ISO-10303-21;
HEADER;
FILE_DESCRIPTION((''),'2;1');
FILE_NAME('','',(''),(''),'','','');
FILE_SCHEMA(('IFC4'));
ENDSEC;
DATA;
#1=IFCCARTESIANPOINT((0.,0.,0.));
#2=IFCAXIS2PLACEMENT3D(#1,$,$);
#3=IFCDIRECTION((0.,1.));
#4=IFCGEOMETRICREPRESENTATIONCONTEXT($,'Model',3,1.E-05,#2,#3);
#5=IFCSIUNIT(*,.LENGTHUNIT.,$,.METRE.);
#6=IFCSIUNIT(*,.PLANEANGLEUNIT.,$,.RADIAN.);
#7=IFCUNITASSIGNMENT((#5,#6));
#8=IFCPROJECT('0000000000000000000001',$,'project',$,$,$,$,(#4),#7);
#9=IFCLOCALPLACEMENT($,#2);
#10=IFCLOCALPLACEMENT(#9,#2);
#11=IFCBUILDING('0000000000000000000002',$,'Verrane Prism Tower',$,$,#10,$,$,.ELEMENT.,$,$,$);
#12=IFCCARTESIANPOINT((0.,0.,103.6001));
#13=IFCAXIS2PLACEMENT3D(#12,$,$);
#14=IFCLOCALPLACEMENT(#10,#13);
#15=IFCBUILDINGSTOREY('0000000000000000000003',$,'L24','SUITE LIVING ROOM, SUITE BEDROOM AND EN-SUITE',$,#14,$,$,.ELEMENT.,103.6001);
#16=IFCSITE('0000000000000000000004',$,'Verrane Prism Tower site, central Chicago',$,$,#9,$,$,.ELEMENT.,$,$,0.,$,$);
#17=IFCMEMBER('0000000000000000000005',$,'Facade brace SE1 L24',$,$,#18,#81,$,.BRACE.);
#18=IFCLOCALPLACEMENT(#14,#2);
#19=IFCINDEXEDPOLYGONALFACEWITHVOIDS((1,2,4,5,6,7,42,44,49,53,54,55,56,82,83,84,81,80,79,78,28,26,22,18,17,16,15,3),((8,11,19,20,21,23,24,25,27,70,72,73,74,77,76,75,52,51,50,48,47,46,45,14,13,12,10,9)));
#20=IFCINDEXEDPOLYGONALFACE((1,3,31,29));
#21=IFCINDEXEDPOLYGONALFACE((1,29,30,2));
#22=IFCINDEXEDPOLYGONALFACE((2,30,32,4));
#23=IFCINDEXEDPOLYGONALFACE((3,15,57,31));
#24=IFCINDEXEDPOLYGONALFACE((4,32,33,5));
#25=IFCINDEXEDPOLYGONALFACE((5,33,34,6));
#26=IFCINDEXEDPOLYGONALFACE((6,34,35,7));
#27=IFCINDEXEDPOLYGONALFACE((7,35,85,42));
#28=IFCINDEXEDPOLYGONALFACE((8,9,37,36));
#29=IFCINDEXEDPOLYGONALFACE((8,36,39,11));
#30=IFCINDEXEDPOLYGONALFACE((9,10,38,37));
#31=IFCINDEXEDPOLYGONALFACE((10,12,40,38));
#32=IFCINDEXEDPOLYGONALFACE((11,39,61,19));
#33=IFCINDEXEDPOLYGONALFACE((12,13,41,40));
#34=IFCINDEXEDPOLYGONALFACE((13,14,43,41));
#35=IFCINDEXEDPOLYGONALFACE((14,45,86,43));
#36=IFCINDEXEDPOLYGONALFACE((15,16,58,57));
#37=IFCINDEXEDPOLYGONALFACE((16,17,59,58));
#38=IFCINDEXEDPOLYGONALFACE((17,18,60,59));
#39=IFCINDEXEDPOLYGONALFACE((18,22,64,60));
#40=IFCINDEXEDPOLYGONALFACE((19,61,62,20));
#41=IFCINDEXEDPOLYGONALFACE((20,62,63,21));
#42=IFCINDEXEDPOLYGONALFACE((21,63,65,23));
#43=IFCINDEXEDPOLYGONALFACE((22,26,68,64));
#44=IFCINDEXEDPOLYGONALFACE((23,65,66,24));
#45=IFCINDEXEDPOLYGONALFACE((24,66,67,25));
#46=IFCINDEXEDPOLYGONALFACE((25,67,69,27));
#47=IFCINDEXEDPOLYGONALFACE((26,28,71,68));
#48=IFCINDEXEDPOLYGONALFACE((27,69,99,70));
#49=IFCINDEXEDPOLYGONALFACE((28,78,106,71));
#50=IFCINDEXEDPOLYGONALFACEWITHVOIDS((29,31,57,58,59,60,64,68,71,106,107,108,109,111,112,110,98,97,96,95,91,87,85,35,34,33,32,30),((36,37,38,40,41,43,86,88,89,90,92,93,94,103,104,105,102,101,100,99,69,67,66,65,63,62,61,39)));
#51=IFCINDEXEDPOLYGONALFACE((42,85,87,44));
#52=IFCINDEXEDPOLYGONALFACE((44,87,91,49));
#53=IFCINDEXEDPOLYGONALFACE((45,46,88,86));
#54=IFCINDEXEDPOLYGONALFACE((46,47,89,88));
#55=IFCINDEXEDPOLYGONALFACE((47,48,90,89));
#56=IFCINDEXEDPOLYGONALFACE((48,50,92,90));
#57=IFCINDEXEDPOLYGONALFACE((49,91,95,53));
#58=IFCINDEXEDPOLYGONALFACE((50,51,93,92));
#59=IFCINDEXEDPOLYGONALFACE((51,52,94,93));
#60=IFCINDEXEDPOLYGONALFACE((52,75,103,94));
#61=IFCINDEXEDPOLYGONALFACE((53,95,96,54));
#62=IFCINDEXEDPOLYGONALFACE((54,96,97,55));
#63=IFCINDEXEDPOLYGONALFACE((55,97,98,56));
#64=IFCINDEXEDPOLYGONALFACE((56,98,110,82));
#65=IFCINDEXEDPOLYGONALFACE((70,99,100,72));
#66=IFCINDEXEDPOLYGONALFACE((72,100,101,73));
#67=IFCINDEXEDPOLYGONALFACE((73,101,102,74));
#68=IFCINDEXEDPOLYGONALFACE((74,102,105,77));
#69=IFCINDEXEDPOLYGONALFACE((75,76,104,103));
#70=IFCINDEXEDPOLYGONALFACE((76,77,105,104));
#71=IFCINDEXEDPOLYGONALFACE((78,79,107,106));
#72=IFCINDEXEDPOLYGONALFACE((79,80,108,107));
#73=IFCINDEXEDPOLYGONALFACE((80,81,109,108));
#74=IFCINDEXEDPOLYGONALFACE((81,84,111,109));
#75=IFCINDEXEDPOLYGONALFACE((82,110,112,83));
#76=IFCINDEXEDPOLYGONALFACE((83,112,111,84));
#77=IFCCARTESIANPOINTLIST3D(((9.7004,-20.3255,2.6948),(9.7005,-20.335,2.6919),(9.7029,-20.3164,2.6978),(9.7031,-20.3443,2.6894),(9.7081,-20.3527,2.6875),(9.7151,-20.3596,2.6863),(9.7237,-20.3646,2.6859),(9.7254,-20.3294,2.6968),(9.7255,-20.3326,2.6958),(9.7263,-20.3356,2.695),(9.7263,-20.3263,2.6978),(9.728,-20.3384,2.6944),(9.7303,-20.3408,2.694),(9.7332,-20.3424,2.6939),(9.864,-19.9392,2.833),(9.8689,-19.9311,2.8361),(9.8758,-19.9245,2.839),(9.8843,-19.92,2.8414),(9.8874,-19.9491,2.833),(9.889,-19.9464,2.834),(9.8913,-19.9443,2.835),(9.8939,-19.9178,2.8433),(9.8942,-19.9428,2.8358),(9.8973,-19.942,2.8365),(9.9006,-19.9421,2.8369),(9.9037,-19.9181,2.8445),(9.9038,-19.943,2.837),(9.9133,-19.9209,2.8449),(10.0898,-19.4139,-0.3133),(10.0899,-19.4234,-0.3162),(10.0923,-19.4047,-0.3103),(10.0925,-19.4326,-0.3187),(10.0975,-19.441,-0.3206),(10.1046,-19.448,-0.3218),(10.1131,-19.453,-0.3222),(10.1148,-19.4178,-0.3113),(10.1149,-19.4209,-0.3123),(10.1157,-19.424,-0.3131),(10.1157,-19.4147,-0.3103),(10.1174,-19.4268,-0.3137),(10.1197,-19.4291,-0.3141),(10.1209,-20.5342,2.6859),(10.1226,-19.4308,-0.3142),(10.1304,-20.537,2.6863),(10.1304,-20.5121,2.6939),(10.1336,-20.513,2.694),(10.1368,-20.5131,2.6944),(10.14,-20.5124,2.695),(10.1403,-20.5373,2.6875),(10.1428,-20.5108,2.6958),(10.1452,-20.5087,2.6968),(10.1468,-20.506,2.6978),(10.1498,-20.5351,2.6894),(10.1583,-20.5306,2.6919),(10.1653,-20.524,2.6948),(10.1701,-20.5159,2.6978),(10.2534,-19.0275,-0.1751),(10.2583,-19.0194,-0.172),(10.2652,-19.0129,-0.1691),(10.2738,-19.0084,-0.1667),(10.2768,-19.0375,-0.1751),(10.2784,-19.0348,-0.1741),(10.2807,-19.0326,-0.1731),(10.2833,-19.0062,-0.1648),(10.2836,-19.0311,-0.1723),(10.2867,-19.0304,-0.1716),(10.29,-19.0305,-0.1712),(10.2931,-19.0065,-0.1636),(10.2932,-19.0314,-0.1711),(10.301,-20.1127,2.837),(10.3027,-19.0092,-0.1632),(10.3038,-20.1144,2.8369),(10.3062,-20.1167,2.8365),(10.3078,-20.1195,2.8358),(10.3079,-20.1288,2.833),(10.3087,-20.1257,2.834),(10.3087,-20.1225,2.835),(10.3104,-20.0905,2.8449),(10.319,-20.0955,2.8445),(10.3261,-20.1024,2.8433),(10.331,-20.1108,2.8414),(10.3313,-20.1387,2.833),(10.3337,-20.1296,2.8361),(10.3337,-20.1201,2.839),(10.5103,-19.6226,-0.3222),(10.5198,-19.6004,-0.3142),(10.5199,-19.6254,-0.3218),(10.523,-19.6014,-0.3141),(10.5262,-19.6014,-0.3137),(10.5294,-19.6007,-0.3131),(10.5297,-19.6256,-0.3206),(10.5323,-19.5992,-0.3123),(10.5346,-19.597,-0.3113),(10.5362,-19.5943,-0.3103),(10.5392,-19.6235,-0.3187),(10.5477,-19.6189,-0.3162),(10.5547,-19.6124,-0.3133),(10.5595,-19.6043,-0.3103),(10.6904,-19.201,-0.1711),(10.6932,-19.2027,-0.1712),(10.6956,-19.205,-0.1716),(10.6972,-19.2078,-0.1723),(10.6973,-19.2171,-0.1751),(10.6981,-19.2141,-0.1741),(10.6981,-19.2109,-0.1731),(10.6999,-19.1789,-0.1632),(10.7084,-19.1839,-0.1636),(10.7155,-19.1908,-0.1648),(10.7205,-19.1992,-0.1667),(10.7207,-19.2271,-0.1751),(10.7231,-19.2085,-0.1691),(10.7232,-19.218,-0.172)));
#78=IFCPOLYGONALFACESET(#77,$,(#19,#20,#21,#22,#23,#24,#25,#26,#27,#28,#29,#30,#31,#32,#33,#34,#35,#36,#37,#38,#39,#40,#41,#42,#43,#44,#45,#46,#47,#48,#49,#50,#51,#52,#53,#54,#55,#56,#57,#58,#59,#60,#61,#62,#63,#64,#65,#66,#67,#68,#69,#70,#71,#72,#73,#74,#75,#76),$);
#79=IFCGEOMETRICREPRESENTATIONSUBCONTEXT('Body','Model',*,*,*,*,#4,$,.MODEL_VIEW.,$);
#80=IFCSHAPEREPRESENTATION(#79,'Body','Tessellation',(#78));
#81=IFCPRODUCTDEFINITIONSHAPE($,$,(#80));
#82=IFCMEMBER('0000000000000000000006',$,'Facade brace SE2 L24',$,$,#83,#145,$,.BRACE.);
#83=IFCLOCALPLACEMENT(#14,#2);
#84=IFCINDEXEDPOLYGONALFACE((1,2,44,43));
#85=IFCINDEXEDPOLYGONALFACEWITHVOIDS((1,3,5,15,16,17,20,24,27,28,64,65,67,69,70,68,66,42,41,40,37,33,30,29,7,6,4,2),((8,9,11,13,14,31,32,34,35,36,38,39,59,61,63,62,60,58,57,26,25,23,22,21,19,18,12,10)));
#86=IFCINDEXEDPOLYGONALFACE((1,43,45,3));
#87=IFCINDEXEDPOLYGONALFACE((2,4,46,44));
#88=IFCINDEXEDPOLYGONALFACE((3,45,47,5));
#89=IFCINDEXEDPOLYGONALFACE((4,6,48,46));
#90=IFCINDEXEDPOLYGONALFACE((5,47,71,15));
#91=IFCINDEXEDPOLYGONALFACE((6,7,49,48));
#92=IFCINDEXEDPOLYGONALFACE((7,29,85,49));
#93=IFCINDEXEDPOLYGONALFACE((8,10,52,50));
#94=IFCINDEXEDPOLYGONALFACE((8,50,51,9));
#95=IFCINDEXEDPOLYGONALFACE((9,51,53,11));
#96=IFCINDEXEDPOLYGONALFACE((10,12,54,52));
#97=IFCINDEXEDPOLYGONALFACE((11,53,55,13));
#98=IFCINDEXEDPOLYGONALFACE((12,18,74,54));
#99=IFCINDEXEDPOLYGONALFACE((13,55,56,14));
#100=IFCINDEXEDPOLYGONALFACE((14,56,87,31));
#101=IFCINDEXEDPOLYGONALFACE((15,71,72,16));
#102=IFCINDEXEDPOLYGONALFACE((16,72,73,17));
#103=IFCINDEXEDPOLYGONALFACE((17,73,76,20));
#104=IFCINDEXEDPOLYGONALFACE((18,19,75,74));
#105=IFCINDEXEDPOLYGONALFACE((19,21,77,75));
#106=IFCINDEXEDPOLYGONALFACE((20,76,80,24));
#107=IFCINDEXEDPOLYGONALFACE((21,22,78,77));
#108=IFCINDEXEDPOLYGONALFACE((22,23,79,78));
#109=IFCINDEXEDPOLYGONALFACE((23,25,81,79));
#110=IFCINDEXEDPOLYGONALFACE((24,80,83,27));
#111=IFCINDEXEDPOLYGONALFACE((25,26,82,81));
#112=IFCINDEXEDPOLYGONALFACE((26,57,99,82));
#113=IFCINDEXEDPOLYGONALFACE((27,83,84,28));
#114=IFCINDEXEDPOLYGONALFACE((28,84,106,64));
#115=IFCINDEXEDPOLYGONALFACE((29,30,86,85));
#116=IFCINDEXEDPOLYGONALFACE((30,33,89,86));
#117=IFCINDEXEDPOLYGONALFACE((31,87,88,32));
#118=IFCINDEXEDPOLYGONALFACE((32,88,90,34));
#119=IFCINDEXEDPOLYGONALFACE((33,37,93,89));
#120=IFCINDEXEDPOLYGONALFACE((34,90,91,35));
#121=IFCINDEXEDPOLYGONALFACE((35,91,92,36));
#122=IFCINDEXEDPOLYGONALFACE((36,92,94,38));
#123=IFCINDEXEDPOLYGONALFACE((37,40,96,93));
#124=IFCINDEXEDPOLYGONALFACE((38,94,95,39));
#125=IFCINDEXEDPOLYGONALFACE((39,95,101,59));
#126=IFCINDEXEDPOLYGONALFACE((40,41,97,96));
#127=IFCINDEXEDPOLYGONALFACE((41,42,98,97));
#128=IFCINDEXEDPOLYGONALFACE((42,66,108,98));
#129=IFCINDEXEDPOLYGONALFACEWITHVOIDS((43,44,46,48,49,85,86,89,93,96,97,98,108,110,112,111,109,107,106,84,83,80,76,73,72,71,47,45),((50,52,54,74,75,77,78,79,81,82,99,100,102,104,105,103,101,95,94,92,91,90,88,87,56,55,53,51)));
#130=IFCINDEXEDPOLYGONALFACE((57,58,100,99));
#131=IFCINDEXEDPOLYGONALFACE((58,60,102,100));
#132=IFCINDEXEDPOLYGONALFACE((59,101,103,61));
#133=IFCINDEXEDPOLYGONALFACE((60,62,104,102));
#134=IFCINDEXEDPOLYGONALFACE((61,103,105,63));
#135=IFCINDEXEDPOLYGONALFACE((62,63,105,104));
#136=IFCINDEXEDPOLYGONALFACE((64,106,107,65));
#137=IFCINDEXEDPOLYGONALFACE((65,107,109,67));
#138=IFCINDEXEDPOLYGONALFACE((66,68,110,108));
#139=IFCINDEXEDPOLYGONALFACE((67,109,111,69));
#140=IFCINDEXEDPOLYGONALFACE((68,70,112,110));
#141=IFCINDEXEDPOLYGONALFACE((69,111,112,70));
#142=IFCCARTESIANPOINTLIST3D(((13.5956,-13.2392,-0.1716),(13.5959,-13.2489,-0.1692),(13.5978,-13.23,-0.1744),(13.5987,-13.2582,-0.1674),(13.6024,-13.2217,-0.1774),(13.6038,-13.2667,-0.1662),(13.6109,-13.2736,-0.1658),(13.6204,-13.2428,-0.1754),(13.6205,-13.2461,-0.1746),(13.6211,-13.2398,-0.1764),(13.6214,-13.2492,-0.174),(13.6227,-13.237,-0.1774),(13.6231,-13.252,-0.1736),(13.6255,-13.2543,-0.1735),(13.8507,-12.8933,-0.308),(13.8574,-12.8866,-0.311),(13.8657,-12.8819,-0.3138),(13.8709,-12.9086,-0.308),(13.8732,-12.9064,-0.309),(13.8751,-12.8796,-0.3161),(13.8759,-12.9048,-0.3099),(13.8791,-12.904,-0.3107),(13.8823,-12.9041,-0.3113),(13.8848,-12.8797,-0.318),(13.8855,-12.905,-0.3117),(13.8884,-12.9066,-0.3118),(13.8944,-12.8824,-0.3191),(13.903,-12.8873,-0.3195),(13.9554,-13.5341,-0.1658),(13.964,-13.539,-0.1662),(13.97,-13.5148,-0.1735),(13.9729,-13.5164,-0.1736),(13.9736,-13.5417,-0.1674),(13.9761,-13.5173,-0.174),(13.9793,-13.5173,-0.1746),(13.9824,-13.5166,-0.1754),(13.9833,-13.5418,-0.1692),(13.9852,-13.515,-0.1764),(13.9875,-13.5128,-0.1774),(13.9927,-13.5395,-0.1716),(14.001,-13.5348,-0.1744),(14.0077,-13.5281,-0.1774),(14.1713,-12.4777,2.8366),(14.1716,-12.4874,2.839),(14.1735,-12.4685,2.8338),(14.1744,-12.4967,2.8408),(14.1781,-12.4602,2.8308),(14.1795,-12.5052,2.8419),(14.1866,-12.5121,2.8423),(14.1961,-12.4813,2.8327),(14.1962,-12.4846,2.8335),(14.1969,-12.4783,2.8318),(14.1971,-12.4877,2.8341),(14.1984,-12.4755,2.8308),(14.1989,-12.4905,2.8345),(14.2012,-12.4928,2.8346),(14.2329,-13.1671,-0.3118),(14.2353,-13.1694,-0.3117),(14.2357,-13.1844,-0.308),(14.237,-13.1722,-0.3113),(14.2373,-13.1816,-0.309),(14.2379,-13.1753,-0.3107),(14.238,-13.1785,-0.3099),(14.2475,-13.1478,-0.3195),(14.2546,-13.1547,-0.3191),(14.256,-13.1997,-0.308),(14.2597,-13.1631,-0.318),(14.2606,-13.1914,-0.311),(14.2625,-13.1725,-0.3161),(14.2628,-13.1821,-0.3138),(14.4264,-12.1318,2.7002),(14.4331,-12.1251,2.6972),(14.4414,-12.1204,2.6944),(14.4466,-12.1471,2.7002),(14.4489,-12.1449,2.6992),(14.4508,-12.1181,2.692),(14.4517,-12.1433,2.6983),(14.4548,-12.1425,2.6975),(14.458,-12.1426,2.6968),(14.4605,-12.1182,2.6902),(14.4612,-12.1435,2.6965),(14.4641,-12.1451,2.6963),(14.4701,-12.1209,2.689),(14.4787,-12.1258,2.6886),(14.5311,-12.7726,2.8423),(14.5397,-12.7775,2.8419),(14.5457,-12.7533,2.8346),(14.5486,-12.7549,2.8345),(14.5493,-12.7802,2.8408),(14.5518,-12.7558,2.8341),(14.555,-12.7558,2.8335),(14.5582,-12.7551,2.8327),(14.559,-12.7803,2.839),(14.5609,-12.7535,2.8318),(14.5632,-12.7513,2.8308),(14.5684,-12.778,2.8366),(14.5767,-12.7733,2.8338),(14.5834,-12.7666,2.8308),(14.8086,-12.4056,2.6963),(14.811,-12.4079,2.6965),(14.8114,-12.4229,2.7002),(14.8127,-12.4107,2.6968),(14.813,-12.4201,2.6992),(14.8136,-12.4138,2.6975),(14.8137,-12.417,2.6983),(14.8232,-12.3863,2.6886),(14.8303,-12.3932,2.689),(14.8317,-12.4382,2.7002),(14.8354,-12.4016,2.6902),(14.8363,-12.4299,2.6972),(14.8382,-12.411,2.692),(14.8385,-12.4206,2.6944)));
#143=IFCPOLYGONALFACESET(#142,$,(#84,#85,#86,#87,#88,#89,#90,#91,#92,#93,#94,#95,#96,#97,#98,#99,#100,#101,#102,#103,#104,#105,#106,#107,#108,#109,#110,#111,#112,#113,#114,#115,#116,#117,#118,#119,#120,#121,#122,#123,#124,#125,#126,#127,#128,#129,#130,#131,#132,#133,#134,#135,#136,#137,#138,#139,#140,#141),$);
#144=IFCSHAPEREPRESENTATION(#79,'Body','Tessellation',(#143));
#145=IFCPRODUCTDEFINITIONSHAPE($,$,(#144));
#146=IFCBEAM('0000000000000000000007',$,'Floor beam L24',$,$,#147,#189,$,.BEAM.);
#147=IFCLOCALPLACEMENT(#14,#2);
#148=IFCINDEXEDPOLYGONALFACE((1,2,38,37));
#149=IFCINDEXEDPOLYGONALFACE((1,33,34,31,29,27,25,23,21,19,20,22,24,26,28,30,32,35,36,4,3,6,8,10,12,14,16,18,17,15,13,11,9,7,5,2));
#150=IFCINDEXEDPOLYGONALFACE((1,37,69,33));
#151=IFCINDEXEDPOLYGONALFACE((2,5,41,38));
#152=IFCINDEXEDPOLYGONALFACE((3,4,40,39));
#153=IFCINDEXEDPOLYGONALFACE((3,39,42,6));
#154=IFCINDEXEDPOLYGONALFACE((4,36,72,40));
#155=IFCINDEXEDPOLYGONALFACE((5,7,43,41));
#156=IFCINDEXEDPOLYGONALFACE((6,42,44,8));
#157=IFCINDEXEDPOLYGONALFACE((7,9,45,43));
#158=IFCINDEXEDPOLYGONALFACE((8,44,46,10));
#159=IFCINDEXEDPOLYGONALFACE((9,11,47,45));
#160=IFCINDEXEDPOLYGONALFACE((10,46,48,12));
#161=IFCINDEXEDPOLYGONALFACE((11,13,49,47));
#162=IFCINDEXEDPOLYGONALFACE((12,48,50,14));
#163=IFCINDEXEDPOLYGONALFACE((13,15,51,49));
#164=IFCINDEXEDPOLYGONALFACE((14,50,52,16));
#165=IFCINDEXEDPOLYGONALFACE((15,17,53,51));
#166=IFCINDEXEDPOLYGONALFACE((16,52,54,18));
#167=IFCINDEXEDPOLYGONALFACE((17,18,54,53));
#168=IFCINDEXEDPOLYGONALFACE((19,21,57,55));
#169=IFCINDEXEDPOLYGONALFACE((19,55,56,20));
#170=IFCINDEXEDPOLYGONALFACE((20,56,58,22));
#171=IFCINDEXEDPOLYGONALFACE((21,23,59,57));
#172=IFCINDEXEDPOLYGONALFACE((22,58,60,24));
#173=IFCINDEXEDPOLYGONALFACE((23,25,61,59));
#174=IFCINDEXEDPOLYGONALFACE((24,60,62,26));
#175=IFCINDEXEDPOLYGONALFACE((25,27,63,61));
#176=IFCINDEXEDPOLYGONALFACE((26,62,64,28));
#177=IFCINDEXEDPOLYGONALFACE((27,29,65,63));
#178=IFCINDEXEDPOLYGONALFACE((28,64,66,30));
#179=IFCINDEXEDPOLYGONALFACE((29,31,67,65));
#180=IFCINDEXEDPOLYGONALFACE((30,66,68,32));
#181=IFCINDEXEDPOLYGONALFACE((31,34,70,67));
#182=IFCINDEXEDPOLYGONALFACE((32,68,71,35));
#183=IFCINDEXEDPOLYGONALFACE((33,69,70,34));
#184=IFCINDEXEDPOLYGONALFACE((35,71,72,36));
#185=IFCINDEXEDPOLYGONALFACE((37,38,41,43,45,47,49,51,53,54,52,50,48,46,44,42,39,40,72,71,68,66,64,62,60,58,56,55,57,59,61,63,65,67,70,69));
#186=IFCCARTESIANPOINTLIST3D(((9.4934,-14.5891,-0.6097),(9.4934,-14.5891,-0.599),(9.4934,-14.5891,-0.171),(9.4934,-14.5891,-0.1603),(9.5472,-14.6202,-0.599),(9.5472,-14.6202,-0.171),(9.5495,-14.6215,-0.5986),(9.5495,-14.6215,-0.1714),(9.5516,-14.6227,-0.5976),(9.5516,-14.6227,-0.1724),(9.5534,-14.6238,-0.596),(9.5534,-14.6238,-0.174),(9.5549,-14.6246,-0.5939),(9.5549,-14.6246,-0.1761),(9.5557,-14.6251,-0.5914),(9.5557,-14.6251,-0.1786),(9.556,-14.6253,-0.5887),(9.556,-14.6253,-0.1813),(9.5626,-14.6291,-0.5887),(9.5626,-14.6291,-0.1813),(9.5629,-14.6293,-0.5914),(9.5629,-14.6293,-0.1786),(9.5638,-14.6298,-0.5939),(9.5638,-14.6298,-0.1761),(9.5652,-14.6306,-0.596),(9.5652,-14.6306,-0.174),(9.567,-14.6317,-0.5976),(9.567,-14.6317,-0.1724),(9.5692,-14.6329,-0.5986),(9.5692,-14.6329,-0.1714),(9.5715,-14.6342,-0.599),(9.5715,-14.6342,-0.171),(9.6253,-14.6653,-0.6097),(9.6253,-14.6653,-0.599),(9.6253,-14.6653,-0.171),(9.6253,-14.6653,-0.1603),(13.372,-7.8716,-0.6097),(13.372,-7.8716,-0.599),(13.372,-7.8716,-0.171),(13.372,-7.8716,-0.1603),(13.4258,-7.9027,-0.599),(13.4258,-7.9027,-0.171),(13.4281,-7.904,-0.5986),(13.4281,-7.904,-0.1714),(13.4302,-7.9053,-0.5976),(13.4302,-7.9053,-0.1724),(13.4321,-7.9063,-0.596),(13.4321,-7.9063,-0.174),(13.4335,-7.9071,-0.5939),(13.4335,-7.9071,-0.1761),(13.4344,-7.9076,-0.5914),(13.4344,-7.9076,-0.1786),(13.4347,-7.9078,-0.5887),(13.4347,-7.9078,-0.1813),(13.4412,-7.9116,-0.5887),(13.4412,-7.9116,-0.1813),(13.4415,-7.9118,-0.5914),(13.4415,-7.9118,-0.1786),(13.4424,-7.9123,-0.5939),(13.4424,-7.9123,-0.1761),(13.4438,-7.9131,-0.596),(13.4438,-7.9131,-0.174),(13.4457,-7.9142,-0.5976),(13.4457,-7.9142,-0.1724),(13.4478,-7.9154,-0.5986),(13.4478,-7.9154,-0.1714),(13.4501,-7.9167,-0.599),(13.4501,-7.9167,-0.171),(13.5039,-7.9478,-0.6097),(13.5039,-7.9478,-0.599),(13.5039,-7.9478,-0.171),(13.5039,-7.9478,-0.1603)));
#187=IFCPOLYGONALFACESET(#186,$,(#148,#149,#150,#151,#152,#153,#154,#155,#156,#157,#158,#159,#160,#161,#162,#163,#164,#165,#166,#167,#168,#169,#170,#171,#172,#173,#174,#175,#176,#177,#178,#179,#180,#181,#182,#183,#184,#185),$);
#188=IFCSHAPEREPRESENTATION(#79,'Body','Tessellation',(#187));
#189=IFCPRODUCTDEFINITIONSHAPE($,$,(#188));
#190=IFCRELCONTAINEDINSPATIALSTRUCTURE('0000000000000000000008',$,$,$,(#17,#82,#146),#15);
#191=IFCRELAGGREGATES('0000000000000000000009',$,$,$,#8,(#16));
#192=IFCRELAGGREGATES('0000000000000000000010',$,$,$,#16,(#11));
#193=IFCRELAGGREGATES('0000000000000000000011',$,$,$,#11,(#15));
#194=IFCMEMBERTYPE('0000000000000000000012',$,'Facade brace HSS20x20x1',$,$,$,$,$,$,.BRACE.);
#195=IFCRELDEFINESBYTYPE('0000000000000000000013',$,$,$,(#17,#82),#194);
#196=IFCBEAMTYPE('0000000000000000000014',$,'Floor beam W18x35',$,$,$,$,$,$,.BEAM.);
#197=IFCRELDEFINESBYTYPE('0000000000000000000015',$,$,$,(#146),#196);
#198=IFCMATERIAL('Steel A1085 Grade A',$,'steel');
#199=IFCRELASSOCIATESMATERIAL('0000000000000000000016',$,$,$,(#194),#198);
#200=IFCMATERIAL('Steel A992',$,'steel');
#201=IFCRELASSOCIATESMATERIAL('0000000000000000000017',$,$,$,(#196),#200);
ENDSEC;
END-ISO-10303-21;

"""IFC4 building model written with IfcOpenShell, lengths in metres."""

from ifc_helpers import new_model, si_unit, direction, frame, origin, origin_2d, place, context, subcontext, project, spatial, hollow_rectangle, i_section, extrude, material, material_profile, profile_set, type_object, element, save


model = new_model("IFC4")

# Units and contexts
model_context = context("Model", 3, precision=1e-05, world=origin(), true_north=direction((0.0, 1.0)))
body_context = subcontext(model_context, "Body", "Model", "MODEL_VIEW")
ifc_project = project(units=[si_unit("LENGTHUNIT", "METRE"), si_unit("PLANEANGLEUNIT", "RADIAN")], contexts=[model_context])

# Site, building, storey
site_placement = place(None, origin())
site = spatial("IfcSite", under=ifc_project, at=site_placement, Name="Verrane Prism Tower site, central Chicago", CompositionType="ELEMENT", RefElevation=0.0)
building_placement = place(site_placement, origin())
building = spatial("IfcBuilding", under=site, at=building_placement, Name="Verrane Prism Tower", CompositionType="ELEMENT")
storey_placement = place(building_placement, frame((0.0, 0.0, 103.6001)))
storey = spatial("IfcBuildingStorey", under=building, at=storey_placement, Name="L24", Description="SUITE LIVING ROOM, SUITE BEDROOM AND EN-SUITE", CompositionType="ELEMENT", Elevation=103.6001)

# Members
ifc_material_1 = material(Name="Steel A1085 Grade A", Category="steel")
ifc_material_profile_1 = material_profile(ifc_material_1, hollow_rectangle(XDim=0.5081, YDim=0.5081, WallThickness=0.0254, InnerFilletRadius=0.0127, OuterFilletRadius=0.0381, at=origin_2d()), Name="HSS20x20x1")
ifc_profile_set_1 = profile_set([ifc_material_profile_1], Name="Steel A1085 Grade A")
member_type_1 = type_object("IfcMemberType", Name="Facade brace HSS20x20x1", PredefinedType="BRACE", material=ifc_profile_set_1)
member_1_placement = place(storey_placement, frame((10.4065, -19.3159, -0.2427), z_axis=(-0.122949, -0.287833, 0.949756), x_axis=(0.919616, -0.392819, 0.0)))
element("IfcMember", 1, at=member_1_placement, inside=storey, type_object=member_type_1, Name="Facade brace SE1 L24", PredefinedType="BRACE", context=body_context, shape_type="SweptSolid", body=[
    extrude(hollow_rectangle(XDim=0.5081, YDim=0.5081, WallThickness=0.0254, InnerFilletRadius=0.0127, OuterFilletRadius=0.0381, at=origin_2d()), origin(), (0.0, 0.0, 1.0), 3.1672),
])
member_2_placement = place(storey_placement, frame((13.9292, -13.2107, -0.2427), z_axis=(0.182415, 0.241287, 0.953155), x_axis=(-0.797692, 0.603065, 0.0)))
element("IfcMember", 2, at=member_2_placement, inside=storey, type_object=member_type_1, Name="Facade brace SE2 L24", PredefinedType="BRACE", context=body_context, shape_type="SweptSolid", body=[
    extrude(hollow_rectangle(XDim=0.5081, YDim=0.5081, WallThickness=0.0254, InnerFilletRadius=0.0127, OuterFilletRadius=0.0381, at=origin_2d()), origin(), (0.0, 0.0, 1.0), 3.156),
])

# Beam
ifc_material_2 = material(Name="Steel A992", Category="steel")
ifc_material_profile_2 = material_profile(ifc_material_2, i_section(OverallWidth=0.1523, OverallDepth=0.4495, WebThickness=0.0076, FlangeThickness=0.0107, FilletRadius=0.0103, at=origin_2d()), Name="W18x35")
ifc_profile_set_2 = profile_set([ifc_material_profile_2], Name="Steel A992")
beam_type_1 = type_object("IfcBeamType", Name="Floor beam W18x35", PredefinedType="BEAM", material=ifc_profile_set_2)
for number, where, z_axis, x_axis, name in (
    (3, (9.5593, -14.6272, -0.385), (0.500028, 0.866009, 0.0), (-0.866009, 0.500028, 0.0), "Floor beam L24"),
):
    element("IfcBeam", number, at=place(storey_placement, frame(where, z_axis=z_axis, x_axis=x_axis)), inside=storey, type_object=beam_type_1, Name=name, PredefinedType="BEAM", context=body_context, shape_type="SweptSolid", body=[
        extrude(i_section(OverallWidth=0.1523, OverallDepth=0.4495, WebThickness=0.0076, FlangeThickness=0.0107, FilletRadius=0.0103, at=origin_2d()), origin(), (0.0, 0.0, 1.0), 7.7568),
    ])

save(model, "model.ifc")
